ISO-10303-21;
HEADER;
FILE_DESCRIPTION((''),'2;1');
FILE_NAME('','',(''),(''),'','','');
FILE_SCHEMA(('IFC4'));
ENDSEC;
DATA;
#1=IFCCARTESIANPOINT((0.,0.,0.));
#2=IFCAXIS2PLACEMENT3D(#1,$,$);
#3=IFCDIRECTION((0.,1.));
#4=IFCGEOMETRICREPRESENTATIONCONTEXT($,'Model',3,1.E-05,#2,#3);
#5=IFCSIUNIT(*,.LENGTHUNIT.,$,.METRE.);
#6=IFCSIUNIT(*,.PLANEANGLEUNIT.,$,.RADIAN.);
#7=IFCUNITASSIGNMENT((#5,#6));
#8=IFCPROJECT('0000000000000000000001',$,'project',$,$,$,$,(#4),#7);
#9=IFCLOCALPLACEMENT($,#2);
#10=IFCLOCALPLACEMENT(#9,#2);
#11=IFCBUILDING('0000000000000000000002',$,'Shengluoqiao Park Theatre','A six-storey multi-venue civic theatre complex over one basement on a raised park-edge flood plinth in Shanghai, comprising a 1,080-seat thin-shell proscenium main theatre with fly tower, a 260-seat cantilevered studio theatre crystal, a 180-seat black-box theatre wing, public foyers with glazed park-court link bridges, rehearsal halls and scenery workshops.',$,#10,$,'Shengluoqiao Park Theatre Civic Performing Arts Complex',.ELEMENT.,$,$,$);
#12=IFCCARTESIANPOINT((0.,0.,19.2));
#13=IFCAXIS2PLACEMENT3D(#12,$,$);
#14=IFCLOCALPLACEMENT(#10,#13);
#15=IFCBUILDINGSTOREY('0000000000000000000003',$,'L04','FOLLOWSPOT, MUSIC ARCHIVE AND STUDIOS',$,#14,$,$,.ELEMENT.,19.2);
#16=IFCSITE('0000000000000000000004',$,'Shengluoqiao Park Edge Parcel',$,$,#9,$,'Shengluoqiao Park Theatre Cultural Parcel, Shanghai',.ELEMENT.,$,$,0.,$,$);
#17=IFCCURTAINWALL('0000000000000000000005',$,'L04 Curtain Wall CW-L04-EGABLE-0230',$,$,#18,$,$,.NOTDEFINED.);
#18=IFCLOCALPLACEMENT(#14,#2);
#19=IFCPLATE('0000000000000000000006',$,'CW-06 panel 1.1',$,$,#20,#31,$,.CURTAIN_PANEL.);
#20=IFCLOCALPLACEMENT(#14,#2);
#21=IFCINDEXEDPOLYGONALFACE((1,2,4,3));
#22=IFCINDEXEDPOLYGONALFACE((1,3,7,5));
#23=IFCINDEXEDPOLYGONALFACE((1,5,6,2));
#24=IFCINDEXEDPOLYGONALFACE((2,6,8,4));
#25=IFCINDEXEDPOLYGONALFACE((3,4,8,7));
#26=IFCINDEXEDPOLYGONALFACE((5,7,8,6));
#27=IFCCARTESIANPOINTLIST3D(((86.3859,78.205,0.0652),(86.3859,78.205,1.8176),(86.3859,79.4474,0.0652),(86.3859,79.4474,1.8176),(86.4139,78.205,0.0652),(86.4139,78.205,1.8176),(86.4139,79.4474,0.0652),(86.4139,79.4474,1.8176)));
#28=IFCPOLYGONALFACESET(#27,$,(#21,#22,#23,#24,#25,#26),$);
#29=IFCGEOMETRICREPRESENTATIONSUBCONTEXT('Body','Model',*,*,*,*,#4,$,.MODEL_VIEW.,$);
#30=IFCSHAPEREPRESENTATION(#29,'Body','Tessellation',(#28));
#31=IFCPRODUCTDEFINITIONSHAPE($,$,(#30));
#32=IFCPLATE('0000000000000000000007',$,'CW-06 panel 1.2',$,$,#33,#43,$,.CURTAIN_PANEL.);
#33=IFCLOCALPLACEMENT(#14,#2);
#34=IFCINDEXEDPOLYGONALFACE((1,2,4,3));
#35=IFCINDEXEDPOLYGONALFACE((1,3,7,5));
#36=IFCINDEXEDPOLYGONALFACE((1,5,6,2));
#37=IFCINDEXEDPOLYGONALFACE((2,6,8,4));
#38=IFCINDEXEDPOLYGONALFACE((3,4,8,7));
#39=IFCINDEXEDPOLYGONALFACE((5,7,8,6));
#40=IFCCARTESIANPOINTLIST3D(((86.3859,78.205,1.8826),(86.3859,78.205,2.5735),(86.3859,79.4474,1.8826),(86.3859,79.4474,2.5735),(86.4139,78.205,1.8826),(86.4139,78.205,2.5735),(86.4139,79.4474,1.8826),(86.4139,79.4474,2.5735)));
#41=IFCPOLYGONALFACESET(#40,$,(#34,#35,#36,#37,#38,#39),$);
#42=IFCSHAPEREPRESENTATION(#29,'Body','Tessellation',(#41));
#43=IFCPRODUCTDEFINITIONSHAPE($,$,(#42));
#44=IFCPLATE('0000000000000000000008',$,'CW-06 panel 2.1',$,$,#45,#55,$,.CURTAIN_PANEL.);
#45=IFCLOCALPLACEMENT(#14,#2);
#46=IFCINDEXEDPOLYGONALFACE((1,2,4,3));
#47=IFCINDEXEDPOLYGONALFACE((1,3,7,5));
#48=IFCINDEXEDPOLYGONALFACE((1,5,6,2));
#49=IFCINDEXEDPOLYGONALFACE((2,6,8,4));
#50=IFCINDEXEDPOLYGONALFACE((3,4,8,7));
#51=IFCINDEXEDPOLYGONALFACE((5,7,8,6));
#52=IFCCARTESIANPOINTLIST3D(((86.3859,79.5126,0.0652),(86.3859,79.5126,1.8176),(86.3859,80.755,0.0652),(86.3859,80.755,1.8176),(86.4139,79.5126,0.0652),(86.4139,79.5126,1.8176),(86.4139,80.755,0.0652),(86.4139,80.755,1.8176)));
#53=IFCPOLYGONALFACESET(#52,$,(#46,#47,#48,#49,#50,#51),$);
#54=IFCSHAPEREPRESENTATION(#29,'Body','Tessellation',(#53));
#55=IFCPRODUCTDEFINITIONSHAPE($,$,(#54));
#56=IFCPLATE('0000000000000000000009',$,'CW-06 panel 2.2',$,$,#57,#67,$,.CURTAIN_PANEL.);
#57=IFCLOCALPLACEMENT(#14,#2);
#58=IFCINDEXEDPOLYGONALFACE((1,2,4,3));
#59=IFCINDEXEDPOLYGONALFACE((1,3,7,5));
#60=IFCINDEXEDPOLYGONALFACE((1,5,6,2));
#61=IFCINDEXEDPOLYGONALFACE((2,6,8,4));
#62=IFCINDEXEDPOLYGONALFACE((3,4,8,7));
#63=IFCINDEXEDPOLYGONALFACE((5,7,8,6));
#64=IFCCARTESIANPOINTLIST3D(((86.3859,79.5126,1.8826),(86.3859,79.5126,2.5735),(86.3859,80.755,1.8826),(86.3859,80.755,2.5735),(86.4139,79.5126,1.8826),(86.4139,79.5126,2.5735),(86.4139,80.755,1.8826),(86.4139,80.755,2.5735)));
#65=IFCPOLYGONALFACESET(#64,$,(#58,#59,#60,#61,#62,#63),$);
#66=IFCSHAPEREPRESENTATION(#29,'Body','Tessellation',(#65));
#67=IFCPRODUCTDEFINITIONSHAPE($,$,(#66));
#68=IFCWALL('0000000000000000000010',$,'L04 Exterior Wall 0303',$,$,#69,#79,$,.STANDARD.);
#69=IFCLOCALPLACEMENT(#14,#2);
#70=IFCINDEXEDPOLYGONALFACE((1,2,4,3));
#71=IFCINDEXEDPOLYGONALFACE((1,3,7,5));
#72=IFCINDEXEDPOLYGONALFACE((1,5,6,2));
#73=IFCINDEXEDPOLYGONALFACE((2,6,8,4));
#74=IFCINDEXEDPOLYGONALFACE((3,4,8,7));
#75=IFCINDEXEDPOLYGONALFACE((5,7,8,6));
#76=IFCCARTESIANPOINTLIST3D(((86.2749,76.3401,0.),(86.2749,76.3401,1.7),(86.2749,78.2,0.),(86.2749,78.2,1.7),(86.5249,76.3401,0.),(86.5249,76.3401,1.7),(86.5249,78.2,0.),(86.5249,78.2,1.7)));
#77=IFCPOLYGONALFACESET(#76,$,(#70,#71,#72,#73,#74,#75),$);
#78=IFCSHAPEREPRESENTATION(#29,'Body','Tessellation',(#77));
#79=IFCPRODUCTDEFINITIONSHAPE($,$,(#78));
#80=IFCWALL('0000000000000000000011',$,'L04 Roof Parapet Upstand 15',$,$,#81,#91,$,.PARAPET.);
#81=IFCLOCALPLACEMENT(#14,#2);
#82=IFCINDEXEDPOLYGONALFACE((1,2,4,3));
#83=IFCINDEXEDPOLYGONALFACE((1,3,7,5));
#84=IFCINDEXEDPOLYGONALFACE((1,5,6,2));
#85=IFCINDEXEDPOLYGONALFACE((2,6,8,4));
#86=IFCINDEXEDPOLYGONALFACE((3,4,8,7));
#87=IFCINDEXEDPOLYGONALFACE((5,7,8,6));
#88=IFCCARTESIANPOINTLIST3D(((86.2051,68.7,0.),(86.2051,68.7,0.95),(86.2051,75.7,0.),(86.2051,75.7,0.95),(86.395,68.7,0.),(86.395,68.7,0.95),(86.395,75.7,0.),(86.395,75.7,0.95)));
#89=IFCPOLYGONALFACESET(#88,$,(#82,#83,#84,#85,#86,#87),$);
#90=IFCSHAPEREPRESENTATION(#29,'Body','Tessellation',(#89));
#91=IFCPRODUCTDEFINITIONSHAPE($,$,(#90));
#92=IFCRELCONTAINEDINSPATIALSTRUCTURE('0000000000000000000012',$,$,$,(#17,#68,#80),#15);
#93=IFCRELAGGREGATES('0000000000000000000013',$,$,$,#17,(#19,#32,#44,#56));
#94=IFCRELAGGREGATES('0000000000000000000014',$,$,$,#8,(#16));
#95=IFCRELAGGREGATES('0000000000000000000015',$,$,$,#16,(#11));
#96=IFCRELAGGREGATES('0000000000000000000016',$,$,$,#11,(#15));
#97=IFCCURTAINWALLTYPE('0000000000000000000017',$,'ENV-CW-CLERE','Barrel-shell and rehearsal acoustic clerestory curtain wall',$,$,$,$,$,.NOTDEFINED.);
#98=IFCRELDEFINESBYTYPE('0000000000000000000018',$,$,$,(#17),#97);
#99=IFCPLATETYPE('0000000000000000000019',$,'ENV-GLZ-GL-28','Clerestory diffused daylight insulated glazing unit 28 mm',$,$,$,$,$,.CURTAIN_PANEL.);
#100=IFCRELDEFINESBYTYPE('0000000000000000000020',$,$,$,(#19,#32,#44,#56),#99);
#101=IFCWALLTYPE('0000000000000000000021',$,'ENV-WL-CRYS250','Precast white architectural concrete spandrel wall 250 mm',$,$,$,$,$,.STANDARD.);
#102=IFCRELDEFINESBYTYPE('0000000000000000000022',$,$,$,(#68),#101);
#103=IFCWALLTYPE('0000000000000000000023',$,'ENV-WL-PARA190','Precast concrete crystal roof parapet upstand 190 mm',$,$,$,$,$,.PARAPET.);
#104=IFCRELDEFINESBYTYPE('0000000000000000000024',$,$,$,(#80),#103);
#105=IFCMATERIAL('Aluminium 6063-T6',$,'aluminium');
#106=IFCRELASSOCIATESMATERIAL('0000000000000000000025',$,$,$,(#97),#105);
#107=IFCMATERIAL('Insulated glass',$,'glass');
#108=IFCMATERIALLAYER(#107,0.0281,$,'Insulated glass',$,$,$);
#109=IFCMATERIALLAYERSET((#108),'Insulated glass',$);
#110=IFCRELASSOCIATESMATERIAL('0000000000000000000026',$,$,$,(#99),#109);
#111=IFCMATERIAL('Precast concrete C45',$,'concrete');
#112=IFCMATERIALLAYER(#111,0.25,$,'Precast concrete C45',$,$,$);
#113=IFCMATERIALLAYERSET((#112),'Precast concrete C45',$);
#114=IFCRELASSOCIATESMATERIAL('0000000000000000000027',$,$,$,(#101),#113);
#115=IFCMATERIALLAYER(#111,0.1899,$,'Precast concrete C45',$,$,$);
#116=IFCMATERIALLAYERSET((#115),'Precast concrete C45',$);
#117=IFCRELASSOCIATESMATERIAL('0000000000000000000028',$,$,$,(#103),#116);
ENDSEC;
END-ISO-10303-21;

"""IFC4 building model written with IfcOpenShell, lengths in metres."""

from ifc_helpers import new_model, si_unit, direction, frame, frame_2d, origin, origin_2d, place, context, subcontext, project, spatial, rectangle, extrude, material, layer, layer_set, type_object, element, aggregate, save


model = new_model("IFC4")

# Units and contexts
model_context = context("Model", 3, precision=1e-05, world=origin(), true_north=direction((0.0, 1.0)))
body_context = subcontext(model_context, "Body", "Model", "MODEL_VIEW")
ifc_project = project(units=[si_unit("LENGTHUNIT", "METRE"), si_unit("PLANEANGLEUNIT", "RADIAN")], contexts=[model_context])

# Site, building, storey
site_placement = place(None, origin())
site = spatial("IfcSite", under=ifc_project, at=site_placement, Name="Shengluoqiao Park Edge Parcel", LongName="Shengluoqiao Park Theatre Cultural Parcel, Shanghai", CompositionType="ELEMENT", RefElevation=0.0)
building_placement = place(site_placement, origin())
building = spatial("IfcBuilding", under=site, at=building_placement, Name="Shengluoqiao Park Theatre", Description="A six-storey multi-venue civic theatre complex over one basement on a raised park-edge flood plinth in Shanghai, comprising a 1,080-seat thin-shell proscenium main theatre with fly tower, a 260-seat cantilevered studio theatre crystal, a 180-seat black-box theatre wing, public foyers with glazed park-court link bridges, rehearsal halls and scenery workshops.", LongName="Shengluoqiao Park Theatre Civic Performing Arts Complex", CompositionType="ELEMENT")
storey_placement = place(building_placement, frame((0.0, 0.0, 19.2)))
storey = spatial("IfcBuildingStorey", under=building, at=storey_placement, Name="L04", Description="FOLLOWSPOT, MUSIC ARCHIVE AND STUDIOS", CompositionType="ELEMENT", Elevation=19.2)

# Curtain wall
ifc_material_1 = material(Name="Aluminium 6063-T6", Category="aluminium")
curtain_wall_type = type_object("IfcCurtainWallType", Name="ENV-CW-CLERE", Description="Barrel-shell and rehearsal acoustic clerestory curtain wall", PredefinedType="NOTDEFINED", material=ifc_material_1)
curtain_wall_placement = place(storey_placement, origin())
curtain_wall = element("IfcCurtainWall", 1, at=curtain_wall_placement, inside=storey, type_object=curtain_wall_type, Name="L04 Curtain Wall CW-L04-EGABLE-0230", PredefinedType="NOTDEFINED")

# Plates
ifc_material_2 = material(Name="Insulated glass", Category="glass")
ifc_layer_1 = layer(ifc_material_2, 0.0281, Name="Insulated glass")
ifc_layer_set_1 = layer_set([ifc_layer_1], Name="Insulated glass")
plate_type = type_object("IfcPlateType", Name="ENV-GLZ-GL-28", Description="Clerestory diffused daylight insulated glazing unit 28 mm", PredefinedType="CURTAIN_PANEL", material=ifc_layer_set_1)
plate_1_placement = place(storey_placement, frame((86.3999, 78.8262, 0.0652), z_axis=(0.0, 0.0, 1.0), x_axis=(0.0, 1.0, 0.0)))
plate_1 = element("IfcPlate", 2, at=plate_1_placement, type_object=plate_type, Name="CW-06 panel 1.1", PredefinedType="CURTAIN_PANEL", context=body_context, shape_type="SweptSolid", body=[
    extrude(rectangle(XDim=1.2424, YDim=0.0281, at=origin_2d()), origin(), (0.0, 0.0, 1.0), 1.7524),
])
plate_2_placement = place(storey_placement, frame((86.3999, 78.8262, 1.8826), z_axis=(0.0, 0.0, 1.0), x_axis=(0.0, 1.0, 0.0)))
plate_2 = element("IfcPlate", 3, at=plate_2_placement, type_object=plate_type, Name="CW-06 panel 1.2", PredefinedType="CURTAIN_PANEL", context=body_context, shape_type="SweptSolid", body=[
    extrude(rectangle(XDim=1.2424, YDim=0.0281, at=origin_2d()), origin(), (0.0, 0.0, 1.0), 0.6909),
])
plate_3_placement = place(storey_placement, frame((86.3999, 80.1338, 0.0652), z_axis=(0.0, 0.0, 1.0), x_axis=(0.0, 1.0, 0.0)))
plate_3 = element("IfcPlate", 4, at=plate_3_placement, type_object=plate_type, Name="CW-06 panel 2.1", PredefinedType="CURTAIN_PANEL", context=body_context, shape_type="SweptSolid", body=[
    extrude(rectangle(XDim=1.2424, YDim=0.0281, at=origin_2d()), origin(), (0.0, 0.0, 1.0), 1.7524),
])
plate_4_placement = place(storey_placement, frame((86.3999, 80.1338, 1.8826), z_axis=(0.0, 0.0, 1.0), x_axis=(0.0, 1.0, 0.0)))
plate_4 = element("IfcPlate", 5, at=plate_4_placement, type_object=plate_type, Name="CW-06 panel 2.2", PredefinedType="CURTAIN_PANEL", context=body_context, shape_type="SweptSolid", body=[
    extrude(rectangle(XDim=1.2424, YDim=0.0281, at=origin_2d()), origin(), (0.0, 0.0, 1.0), 0.6909),
])
aggregate(curtain_wall, [plate_1, plate_2, plate_3, plate_4])

# Walls
ifc_material_3 = material(Name="Precast concrete C45", Category="concrete")
ifc_layer_2 = layer(ifc_material_3, 0.25, Name="Precast concrete C45")
ifc_layer_set_2 = layer_set([ifc_layer_2], Name="Precast concrete C45")
wall_type_1 = type_object("IfcWallType", Name="ENV-WL-CRYS250", Description="Precast white architectural concrete spandrel wall 250 mm", PredefinedType="STANDARD", material=ifc_layer_set_2)
wall_1_placement = place(storey_placement, frame((86.3999, 76.3401, 0.0), z_axis=(0.0, 0.0, 1.0), x_axis=(0.0, 1.0, 0.0)))
element("IfcWall", 6, at=wall_1_placement, inside=storey, type_object=wall_type_1, Name="L04 Exterior Wall 0303", PredefinedType="STANDARD", context=body_context, shape_type="SweptSolid", body=[
    extrude(rectangle(XDim=1.8599, YDim=0.25, at=frame_2d((0.9299, 0.0))), origin(), (0.0, 0.0, 1.0), 1.7),
])
ifc_layer_3 = layer(ifc_material_3, 0.1899, Name="Precast concrete C45")
ifc_layer_set_3 = layer_set([ifc_layer_3], Name="Precast concrete C45")
wall_type_2 = type_object("IfcWallType", Name="ENV-WL-PARA190", Description="Precast concrete crystal roof parapet upstand 190 mm", PredefinedType="PARAPET", material=ifc_layer_set_3)
wall_2_placement = place(storey_placement, frame((86.3, 68.7, 0.0), z_axis=(0.0, 0.0, 1.0), x_axis=(0.0, 1.0, 0.0)))
element("IfcWall", 7, at=wall_2_placement, inside=storey, type_object=wall_type_2, Name="L04 Roof Parapet Upstand 15", PredefinedType="PARAPET", context=body_context, shape_type="SweptSolid", body=[
    extrude(rectangle(XDim=7.0, YDim=0.1899, at=frame_2d((3.5, 0.0))), origin(), (0.0, 0.0, 1.0), 0.95),
])

save(model, "model.ifc")
